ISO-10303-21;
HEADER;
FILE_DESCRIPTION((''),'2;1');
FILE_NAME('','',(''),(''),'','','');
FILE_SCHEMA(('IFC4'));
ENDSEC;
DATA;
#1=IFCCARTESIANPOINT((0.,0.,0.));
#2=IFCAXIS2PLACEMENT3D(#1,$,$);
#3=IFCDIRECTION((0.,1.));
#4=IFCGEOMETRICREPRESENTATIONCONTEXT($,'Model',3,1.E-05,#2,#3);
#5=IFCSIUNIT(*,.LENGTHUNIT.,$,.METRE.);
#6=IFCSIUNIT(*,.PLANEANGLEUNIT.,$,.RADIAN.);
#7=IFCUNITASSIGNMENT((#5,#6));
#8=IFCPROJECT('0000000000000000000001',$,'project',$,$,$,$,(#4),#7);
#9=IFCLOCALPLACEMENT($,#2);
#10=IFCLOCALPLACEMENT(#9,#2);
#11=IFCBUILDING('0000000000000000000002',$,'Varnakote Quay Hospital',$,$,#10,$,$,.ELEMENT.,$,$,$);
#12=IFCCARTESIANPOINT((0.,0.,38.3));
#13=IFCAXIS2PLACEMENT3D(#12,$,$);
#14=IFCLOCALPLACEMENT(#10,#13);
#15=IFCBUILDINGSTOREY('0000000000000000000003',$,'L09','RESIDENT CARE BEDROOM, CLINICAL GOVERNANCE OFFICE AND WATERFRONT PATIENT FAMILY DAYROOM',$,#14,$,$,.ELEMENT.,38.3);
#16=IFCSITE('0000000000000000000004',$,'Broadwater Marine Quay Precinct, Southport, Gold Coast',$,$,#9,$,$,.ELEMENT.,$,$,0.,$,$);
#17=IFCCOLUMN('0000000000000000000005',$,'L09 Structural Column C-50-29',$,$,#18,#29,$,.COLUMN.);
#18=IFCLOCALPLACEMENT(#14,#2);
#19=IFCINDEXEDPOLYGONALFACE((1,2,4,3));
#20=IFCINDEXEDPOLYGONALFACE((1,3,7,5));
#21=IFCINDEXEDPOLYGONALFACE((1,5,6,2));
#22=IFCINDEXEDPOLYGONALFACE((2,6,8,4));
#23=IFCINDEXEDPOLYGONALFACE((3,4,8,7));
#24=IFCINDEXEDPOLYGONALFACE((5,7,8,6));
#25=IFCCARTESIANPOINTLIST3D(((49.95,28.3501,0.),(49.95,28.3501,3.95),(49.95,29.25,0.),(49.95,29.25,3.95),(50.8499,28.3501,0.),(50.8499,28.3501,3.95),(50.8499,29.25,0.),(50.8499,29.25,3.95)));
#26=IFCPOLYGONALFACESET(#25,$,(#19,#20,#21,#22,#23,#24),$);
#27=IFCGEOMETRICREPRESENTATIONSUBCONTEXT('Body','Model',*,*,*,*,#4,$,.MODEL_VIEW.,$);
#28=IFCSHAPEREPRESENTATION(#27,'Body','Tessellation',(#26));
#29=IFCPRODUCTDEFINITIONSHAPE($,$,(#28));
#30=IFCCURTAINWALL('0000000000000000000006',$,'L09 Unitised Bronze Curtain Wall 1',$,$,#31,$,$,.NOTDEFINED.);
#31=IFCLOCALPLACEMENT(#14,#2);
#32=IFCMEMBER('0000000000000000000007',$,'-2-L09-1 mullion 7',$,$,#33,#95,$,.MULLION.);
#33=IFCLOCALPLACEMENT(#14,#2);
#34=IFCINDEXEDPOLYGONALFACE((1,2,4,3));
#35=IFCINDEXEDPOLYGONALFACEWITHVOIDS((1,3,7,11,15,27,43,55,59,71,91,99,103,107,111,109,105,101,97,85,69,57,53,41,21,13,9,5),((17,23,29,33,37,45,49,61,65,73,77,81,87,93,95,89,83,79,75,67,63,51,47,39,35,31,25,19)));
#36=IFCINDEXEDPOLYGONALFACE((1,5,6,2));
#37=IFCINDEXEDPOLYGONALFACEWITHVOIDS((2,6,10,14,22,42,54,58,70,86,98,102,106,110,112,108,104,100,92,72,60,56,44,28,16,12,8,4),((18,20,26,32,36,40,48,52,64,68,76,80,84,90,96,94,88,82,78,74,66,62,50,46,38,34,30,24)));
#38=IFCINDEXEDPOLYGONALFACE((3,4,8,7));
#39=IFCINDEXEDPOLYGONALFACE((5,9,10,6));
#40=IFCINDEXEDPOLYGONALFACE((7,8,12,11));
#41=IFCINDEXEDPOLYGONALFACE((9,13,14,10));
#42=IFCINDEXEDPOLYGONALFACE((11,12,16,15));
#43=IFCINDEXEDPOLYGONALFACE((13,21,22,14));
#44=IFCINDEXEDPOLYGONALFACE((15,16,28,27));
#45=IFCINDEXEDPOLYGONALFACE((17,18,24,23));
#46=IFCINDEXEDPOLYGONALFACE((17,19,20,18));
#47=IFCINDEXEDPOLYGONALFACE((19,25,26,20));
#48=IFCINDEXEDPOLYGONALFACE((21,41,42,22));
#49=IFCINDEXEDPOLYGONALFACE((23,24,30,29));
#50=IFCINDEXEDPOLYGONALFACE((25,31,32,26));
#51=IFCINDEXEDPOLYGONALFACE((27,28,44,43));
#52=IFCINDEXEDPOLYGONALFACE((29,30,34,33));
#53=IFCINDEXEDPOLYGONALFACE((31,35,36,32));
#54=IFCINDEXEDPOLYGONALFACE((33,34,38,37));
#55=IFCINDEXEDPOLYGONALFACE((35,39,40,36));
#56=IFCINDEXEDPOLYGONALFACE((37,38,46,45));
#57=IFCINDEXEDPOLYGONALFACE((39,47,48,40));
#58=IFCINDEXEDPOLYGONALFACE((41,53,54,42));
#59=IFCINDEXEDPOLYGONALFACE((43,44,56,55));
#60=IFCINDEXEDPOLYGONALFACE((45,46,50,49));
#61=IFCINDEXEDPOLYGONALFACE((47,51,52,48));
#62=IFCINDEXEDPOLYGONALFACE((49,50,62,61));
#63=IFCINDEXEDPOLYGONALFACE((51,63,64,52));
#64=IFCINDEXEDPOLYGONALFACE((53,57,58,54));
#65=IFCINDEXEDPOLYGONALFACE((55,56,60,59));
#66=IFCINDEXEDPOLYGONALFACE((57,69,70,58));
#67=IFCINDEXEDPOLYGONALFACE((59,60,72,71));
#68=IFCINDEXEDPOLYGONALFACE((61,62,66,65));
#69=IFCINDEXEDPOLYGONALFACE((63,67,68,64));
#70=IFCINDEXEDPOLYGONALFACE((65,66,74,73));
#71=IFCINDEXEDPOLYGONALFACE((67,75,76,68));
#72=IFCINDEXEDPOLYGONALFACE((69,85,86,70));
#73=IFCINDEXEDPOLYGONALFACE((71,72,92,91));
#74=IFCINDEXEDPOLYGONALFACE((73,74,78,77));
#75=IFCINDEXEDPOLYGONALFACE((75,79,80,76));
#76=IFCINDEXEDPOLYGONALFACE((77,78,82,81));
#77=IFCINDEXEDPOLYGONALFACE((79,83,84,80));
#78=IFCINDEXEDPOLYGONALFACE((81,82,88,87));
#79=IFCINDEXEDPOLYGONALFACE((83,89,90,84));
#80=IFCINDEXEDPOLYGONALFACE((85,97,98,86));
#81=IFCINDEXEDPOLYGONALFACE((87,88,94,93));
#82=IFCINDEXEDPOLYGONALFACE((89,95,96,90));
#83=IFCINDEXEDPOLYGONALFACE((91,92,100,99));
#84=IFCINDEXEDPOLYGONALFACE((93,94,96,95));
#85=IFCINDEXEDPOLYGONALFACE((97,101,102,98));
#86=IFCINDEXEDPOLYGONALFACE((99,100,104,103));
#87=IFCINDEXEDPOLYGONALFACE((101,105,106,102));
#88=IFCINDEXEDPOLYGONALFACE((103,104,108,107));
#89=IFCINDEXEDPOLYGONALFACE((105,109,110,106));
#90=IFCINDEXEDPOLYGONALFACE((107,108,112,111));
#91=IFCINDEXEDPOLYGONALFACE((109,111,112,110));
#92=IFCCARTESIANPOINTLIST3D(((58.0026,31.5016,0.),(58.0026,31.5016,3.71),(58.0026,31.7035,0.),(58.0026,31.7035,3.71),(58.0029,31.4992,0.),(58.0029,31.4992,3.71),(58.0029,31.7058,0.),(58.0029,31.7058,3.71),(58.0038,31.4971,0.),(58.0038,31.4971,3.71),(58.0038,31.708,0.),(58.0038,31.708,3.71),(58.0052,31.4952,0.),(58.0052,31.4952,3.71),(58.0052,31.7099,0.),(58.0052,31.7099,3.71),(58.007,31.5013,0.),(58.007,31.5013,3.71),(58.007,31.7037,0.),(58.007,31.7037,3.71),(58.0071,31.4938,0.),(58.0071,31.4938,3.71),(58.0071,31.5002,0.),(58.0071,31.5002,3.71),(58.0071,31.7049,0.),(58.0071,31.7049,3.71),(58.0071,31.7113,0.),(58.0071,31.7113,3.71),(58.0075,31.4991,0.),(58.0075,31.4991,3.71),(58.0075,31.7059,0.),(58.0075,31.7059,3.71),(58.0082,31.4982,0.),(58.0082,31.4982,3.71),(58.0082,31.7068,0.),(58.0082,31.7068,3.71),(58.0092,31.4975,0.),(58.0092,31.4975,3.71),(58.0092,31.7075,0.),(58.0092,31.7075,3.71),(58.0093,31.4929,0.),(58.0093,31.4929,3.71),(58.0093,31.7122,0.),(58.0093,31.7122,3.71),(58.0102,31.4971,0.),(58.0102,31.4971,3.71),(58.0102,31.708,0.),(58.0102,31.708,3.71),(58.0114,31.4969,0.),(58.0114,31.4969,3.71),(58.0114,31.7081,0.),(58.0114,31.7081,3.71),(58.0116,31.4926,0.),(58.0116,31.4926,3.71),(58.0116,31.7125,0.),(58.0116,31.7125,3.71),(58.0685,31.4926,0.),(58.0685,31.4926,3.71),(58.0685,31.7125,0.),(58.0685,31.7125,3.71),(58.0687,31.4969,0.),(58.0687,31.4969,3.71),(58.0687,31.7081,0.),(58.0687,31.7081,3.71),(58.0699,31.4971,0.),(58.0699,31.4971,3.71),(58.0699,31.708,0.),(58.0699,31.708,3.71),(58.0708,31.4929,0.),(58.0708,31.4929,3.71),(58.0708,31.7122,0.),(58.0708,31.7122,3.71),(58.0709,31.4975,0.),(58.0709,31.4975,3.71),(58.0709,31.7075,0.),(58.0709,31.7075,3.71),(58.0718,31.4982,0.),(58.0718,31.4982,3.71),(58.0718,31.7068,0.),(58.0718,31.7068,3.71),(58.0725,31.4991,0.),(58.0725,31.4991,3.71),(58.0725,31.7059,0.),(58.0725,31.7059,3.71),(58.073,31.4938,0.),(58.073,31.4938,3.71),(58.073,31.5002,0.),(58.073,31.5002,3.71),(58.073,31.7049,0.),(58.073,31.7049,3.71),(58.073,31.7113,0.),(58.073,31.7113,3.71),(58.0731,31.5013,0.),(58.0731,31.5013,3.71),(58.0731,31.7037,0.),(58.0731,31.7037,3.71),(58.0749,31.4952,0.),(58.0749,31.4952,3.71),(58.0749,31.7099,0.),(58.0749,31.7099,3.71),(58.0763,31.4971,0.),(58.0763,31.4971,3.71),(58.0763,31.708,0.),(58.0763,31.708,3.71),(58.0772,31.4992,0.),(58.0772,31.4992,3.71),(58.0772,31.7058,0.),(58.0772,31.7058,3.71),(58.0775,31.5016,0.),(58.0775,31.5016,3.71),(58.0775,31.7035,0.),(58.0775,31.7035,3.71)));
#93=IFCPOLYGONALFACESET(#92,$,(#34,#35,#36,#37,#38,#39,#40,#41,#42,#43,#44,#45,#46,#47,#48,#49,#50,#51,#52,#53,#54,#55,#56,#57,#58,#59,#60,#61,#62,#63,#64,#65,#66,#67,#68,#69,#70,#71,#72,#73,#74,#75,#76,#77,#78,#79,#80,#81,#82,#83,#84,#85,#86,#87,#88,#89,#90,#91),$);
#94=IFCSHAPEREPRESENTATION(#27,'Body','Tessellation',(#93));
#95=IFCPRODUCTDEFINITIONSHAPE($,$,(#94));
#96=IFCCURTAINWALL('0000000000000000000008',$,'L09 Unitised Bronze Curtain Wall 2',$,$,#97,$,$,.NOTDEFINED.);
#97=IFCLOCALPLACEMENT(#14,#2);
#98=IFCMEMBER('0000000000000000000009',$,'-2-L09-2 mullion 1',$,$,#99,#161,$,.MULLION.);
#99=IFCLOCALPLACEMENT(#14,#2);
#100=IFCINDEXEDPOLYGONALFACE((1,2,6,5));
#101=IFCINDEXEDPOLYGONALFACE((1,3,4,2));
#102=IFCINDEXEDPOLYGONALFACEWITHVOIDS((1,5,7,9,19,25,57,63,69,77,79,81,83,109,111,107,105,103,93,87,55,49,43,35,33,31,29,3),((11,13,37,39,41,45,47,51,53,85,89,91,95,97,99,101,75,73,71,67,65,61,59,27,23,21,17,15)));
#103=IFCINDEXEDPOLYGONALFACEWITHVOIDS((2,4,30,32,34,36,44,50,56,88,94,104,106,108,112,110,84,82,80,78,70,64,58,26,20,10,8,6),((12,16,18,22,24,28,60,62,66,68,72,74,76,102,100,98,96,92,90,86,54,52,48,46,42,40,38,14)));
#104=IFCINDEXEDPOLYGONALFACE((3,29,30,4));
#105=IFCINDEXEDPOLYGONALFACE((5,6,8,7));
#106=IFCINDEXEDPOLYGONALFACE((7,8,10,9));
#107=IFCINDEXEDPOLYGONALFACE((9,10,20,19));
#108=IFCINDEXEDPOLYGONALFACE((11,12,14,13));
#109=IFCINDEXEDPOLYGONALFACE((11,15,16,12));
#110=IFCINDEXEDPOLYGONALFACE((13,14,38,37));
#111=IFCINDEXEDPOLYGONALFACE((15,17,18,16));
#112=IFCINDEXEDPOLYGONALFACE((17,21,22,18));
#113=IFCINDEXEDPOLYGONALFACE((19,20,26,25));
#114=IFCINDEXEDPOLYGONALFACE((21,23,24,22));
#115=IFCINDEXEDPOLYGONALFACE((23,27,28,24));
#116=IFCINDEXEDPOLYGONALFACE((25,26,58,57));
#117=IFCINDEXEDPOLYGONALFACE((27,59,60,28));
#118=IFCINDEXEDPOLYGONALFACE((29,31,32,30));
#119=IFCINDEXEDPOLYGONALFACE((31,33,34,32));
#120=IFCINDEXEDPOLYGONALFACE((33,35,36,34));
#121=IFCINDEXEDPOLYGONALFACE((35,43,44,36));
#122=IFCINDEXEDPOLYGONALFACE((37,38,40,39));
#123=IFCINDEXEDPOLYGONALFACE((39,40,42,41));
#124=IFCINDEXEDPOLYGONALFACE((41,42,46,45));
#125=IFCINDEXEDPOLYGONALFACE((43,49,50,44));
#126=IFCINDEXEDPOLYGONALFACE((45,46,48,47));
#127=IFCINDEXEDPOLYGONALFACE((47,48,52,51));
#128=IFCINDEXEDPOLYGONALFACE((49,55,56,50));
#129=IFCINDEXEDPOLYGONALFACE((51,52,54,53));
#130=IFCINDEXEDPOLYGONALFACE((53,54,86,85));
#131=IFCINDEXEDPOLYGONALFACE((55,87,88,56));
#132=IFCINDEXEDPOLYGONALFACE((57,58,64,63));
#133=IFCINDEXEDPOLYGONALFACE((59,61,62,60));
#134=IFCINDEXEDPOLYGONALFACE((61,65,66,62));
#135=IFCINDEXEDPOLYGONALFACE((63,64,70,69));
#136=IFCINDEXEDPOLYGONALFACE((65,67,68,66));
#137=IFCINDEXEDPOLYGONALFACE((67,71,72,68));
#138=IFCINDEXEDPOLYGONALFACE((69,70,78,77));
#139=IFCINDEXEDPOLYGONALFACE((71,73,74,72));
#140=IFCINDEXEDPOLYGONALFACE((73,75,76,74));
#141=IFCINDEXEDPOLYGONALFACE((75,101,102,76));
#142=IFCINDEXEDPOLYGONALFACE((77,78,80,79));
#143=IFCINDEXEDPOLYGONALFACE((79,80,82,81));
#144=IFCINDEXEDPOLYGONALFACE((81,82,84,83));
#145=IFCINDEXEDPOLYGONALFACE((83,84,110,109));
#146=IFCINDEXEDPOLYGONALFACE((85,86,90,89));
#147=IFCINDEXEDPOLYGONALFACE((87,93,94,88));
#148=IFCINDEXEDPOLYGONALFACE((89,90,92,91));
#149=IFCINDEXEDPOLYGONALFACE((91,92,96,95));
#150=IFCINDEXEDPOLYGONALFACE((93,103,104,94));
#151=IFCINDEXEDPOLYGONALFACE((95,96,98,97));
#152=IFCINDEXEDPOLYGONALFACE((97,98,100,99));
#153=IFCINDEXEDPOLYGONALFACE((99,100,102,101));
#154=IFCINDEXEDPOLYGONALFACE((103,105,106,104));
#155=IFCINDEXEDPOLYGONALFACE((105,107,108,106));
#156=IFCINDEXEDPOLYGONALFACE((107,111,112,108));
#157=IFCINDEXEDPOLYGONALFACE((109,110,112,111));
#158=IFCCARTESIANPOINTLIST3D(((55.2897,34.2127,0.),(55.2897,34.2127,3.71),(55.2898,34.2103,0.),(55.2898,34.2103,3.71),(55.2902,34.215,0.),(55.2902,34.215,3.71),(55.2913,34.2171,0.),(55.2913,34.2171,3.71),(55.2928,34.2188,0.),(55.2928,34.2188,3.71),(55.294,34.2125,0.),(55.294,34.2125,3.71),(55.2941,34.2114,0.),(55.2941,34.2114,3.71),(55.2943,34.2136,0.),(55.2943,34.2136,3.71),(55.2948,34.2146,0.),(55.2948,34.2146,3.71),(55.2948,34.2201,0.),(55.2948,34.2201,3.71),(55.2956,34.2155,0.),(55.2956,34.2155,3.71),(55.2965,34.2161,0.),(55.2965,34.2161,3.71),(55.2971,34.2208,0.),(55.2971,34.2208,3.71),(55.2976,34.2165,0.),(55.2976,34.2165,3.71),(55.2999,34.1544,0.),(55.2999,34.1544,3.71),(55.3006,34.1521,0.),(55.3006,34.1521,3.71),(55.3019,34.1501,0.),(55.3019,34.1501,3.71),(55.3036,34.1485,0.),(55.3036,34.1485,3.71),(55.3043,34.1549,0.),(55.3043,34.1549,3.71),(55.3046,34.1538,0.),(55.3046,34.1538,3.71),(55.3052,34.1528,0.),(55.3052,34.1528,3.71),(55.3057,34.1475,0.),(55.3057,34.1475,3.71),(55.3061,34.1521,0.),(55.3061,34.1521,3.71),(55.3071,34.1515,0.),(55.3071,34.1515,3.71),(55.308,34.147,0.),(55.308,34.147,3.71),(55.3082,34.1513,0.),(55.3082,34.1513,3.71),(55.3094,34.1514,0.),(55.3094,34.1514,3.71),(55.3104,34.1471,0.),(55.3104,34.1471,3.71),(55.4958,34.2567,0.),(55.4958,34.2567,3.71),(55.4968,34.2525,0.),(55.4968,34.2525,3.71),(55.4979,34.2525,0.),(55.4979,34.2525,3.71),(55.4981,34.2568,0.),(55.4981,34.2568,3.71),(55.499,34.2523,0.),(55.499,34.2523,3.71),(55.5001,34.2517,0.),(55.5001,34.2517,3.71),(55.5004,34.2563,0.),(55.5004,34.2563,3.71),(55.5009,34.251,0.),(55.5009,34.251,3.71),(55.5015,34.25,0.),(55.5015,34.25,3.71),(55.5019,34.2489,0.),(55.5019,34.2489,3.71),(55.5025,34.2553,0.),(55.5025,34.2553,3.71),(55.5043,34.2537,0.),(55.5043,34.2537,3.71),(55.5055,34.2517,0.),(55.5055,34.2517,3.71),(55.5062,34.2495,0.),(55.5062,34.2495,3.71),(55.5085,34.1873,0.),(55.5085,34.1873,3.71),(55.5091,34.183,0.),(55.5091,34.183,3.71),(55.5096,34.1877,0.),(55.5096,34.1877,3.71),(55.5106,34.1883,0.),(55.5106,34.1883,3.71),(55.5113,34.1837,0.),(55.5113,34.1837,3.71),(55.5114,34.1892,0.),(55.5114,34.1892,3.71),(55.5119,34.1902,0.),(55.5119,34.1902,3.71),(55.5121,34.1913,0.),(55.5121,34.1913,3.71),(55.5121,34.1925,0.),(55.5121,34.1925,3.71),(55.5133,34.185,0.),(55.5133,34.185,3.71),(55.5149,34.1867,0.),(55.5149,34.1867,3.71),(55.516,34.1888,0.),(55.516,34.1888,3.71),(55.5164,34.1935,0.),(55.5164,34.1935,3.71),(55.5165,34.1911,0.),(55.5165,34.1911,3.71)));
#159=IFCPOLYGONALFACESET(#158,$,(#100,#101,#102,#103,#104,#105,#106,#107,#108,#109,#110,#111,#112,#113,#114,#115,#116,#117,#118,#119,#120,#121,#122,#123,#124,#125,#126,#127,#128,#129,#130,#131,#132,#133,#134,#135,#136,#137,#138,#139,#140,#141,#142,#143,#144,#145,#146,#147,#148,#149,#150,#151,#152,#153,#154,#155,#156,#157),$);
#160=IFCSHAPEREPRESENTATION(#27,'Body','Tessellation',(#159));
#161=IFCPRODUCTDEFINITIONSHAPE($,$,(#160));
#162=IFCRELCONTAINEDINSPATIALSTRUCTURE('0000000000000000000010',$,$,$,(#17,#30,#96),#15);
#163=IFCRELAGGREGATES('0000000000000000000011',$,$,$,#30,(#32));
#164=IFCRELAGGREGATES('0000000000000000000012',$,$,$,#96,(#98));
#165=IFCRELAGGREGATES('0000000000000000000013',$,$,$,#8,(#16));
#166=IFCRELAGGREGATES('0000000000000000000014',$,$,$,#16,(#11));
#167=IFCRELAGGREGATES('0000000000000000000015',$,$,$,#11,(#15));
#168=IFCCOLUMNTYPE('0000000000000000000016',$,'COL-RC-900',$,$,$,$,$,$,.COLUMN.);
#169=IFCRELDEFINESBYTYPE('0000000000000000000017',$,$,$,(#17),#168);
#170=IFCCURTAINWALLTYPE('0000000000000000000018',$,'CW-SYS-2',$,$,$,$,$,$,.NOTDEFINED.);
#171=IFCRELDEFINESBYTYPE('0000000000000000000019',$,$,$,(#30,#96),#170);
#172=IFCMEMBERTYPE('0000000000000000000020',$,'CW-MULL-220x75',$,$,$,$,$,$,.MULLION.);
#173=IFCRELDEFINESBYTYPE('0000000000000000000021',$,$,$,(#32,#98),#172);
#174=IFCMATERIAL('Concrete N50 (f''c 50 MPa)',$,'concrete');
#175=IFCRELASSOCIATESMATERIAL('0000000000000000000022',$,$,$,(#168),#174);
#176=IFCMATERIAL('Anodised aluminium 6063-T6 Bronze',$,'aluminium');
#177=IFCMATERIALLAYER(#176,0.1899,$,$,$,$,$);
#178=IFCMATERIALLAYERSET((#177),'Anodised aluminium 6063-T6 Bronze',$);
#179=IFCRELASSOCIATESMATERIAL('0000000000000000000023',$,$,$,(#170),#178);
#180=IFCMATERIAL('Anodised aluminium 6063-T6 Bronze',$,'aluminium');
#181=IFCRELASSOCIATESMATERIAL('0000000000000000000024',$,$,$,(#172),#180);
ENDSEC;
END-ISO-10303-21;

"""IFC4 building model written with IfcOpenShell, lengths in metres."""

from ifc_helpers import new_model, si_unit, direction, frame, origin, origin_2d, place, context, subcontext, project, spatial, rectangle, hollow_rectangle, extrude, material, layer, layer_set, material_profile, profile_set, type_object, element, aggregate, save


model = new_model("IFC4")

# Units and contexts
model_context = context("Model", 3, precision=1e-05, world=origin(), true_north=direction((0.0, 1.0)))
body_context = subcontext(model_context, "Body", "Model", "MODEL_VIEW")
ifc_project = project(units=[si_unit("LENGTHUNIT", "METRE"), si_unit("PLANEANGLEUNIT", "RADIAN")], contexts=[model_context])

# Site, building, storey
site_placement = place(None, origin())
site = spatial("IfcSite", under=ifc_project, at=site_placement, Name="Broadwater Marine Quay Precinct, Southport, Gold Coast", CompositionType="ELEMENT", RefElevation=0.0)
building_placement = place(site_placement, origin())
building = spatial("IfcBuilding", under=site, at=building_placement, Name="Varnakote Quay Hospital", CompositionType="ELEMENT")
storey_placement = place(building_placement, frame((0.0, 0.0, 38.3)))
storey = spatial("IfcBuildingStorey", under=building, at=storey_placement, Name="L09", Description="RESIDENT CARE BEDROOM, CLINICAL GOVERNANCE OFFICE AND WATERFRONT PATIENT FAMILY DAYROOM", CompositionType="ELEMENT", Elevation=38.3)

# Column
ifc_material_1 = material(Name="Concrete N50 (f'c 50 MPa)", Category="concrete")
ifc_material_profile_1 = material_profile(ifc_material_1, rectangle(XDim=0.8999, YDim=0.8999, at=origin_2d()), Name="RC-COL-900x900")
ifc_profile_set_1 = profile_set([ifc_material_profile_1], Name="Concrete N50 (f'c 50 MPa)")
column_type = type_object("IfcColumnType", Name="COL-RC-900", PredefinedType="COLUMN", material=ifc_profile_set_1)
column_placement = place(storey_placement, frame((50.3999, 28.8, 0.0), z_axis=(0.0, 0.0, 1.0), x_axis=(1.0, 0.0, 0.0)))
element("IfcColumn", 1, at=column_placement, inside=storey, type_object=column_type, Name="L09 Structural Column C-50-29", PredefinedType="COLUMN", context=body_context, shape_type="SweptSolid", body=[
    extrude(rectangle(XDim=0.8999, YDim=0.8999, at=origin_2d()), origin(), (0.0, 0.0, 1.0), 3.95),
])

# Curtain wall, member
ifc_material_2 = material(Name="Anodised aluminium 6063-T6 Bronze", Category="aluminium")
ifc_layer_1 = layer(ifc_material_2, 0.1899)
ifc_layer_set_1 = layer_set([ifc_layer_1], Name="Anodised aluminium 6063-T6 Bronze")
curtain_wall_type = type_object("IfcCurtainWallType", Name="CW-SYS-2", PredefinedType="NOTDEFINED", material=ifc_layer_set_1)
curtain_wall_1_placement = place(storey_placement, origin())
curtain_wall_1 = element("IfcCurtainWall", 2, at=curtain_wall_1_placement, inside=storey, type_object=curtain_wall_type, Name="L09 Unitised Bronze Curtain Wall 1", PredefinedType="NOTDEFINED")
ifc_material_3 = material(Name="Anodised aluminium 6063-T6 Bronze", Category="aluminium")
ifc_material_profile_2 = material_profile(ifc_material_3, hollow_rectangle(XDim=0.075, YDim=0.22, WallThickness=0.0044, InnerFilletRadius=0.0044, OuterFilletRadius=0.009, at=origin_2d()), Name="CW-MULL-220x75")
ifc_profile_set_2 = profile_set([ifc_material_profile_2], Name="Anodised aluminium 6063-T6 Bronze")
member_type_1 = type_object("IfcMemberType", Name="CW-MULL-220x75", PredefinedType="MULLION", material=ifc_profile_set_2)
member_1_placement = place(storey_placement, frame((58.04, 31.6025, 0.0), z_axis=(0.0, 0.0, 1.0), x_axis=(-1.0, 0.0, 0.0)))
member_1 = element("IfcMember", 3, at=member_1_placement, type_object=member_type_1, Name="-2-L09-1 mullion 7", PredefinedType="MULLION", context=body_context, shape_type="SweptSolid", body=[
    extrude(hollow_rectangle(XDim=0.075, YDim=0.22, WallThickness=0.0044, InnerFilletRadius=0.0044, OuterFilletRadius=0.009, at=origin_2d()), origin(), (0.0, 0.0, 1.0), 3.71),
])

# Curtain wall, member
curtain_wall_2_placement = place(storey_placement, origin())
curtain_wall_2 = element("IfcCurtainWall", 4, at=curtain_wall_2_placement, inside=storey, type_object=curtain_wall_type, Name="L09 Unitised Bronze Curtain Wall 2", PredefinedType="NOTDEFINED")
member_2_placement = place(storey_placement, frame((55.4031, 34.2019, 0.0), z_axis=(0.0, 0.0, 1.0), x_axis=(0.177846, -0.984058, 0.0)))
member_2 = element("IfcMember", 5, at=member_2_placement, type_object=member_type_1, Name="-2-L09-2 mullion 1", PredefinedType="MULLION", context=body_context, shape_type="SweptSolid", body=[
    extrude(hollow_rectangle(XDim=0.075, YDim=0.22, WallThickness=0.0044, InnerFilletRadius=0.0044, OuterFilletRadius=0.009, at=origin_2d()), origin(), (0.0, 0.0, 1.0), 3.71),
])

aggregate(curtain_wall_1, [member_1])
aggregate(curtain_wall_2, [member_2])

save(model, "model.ifc")
